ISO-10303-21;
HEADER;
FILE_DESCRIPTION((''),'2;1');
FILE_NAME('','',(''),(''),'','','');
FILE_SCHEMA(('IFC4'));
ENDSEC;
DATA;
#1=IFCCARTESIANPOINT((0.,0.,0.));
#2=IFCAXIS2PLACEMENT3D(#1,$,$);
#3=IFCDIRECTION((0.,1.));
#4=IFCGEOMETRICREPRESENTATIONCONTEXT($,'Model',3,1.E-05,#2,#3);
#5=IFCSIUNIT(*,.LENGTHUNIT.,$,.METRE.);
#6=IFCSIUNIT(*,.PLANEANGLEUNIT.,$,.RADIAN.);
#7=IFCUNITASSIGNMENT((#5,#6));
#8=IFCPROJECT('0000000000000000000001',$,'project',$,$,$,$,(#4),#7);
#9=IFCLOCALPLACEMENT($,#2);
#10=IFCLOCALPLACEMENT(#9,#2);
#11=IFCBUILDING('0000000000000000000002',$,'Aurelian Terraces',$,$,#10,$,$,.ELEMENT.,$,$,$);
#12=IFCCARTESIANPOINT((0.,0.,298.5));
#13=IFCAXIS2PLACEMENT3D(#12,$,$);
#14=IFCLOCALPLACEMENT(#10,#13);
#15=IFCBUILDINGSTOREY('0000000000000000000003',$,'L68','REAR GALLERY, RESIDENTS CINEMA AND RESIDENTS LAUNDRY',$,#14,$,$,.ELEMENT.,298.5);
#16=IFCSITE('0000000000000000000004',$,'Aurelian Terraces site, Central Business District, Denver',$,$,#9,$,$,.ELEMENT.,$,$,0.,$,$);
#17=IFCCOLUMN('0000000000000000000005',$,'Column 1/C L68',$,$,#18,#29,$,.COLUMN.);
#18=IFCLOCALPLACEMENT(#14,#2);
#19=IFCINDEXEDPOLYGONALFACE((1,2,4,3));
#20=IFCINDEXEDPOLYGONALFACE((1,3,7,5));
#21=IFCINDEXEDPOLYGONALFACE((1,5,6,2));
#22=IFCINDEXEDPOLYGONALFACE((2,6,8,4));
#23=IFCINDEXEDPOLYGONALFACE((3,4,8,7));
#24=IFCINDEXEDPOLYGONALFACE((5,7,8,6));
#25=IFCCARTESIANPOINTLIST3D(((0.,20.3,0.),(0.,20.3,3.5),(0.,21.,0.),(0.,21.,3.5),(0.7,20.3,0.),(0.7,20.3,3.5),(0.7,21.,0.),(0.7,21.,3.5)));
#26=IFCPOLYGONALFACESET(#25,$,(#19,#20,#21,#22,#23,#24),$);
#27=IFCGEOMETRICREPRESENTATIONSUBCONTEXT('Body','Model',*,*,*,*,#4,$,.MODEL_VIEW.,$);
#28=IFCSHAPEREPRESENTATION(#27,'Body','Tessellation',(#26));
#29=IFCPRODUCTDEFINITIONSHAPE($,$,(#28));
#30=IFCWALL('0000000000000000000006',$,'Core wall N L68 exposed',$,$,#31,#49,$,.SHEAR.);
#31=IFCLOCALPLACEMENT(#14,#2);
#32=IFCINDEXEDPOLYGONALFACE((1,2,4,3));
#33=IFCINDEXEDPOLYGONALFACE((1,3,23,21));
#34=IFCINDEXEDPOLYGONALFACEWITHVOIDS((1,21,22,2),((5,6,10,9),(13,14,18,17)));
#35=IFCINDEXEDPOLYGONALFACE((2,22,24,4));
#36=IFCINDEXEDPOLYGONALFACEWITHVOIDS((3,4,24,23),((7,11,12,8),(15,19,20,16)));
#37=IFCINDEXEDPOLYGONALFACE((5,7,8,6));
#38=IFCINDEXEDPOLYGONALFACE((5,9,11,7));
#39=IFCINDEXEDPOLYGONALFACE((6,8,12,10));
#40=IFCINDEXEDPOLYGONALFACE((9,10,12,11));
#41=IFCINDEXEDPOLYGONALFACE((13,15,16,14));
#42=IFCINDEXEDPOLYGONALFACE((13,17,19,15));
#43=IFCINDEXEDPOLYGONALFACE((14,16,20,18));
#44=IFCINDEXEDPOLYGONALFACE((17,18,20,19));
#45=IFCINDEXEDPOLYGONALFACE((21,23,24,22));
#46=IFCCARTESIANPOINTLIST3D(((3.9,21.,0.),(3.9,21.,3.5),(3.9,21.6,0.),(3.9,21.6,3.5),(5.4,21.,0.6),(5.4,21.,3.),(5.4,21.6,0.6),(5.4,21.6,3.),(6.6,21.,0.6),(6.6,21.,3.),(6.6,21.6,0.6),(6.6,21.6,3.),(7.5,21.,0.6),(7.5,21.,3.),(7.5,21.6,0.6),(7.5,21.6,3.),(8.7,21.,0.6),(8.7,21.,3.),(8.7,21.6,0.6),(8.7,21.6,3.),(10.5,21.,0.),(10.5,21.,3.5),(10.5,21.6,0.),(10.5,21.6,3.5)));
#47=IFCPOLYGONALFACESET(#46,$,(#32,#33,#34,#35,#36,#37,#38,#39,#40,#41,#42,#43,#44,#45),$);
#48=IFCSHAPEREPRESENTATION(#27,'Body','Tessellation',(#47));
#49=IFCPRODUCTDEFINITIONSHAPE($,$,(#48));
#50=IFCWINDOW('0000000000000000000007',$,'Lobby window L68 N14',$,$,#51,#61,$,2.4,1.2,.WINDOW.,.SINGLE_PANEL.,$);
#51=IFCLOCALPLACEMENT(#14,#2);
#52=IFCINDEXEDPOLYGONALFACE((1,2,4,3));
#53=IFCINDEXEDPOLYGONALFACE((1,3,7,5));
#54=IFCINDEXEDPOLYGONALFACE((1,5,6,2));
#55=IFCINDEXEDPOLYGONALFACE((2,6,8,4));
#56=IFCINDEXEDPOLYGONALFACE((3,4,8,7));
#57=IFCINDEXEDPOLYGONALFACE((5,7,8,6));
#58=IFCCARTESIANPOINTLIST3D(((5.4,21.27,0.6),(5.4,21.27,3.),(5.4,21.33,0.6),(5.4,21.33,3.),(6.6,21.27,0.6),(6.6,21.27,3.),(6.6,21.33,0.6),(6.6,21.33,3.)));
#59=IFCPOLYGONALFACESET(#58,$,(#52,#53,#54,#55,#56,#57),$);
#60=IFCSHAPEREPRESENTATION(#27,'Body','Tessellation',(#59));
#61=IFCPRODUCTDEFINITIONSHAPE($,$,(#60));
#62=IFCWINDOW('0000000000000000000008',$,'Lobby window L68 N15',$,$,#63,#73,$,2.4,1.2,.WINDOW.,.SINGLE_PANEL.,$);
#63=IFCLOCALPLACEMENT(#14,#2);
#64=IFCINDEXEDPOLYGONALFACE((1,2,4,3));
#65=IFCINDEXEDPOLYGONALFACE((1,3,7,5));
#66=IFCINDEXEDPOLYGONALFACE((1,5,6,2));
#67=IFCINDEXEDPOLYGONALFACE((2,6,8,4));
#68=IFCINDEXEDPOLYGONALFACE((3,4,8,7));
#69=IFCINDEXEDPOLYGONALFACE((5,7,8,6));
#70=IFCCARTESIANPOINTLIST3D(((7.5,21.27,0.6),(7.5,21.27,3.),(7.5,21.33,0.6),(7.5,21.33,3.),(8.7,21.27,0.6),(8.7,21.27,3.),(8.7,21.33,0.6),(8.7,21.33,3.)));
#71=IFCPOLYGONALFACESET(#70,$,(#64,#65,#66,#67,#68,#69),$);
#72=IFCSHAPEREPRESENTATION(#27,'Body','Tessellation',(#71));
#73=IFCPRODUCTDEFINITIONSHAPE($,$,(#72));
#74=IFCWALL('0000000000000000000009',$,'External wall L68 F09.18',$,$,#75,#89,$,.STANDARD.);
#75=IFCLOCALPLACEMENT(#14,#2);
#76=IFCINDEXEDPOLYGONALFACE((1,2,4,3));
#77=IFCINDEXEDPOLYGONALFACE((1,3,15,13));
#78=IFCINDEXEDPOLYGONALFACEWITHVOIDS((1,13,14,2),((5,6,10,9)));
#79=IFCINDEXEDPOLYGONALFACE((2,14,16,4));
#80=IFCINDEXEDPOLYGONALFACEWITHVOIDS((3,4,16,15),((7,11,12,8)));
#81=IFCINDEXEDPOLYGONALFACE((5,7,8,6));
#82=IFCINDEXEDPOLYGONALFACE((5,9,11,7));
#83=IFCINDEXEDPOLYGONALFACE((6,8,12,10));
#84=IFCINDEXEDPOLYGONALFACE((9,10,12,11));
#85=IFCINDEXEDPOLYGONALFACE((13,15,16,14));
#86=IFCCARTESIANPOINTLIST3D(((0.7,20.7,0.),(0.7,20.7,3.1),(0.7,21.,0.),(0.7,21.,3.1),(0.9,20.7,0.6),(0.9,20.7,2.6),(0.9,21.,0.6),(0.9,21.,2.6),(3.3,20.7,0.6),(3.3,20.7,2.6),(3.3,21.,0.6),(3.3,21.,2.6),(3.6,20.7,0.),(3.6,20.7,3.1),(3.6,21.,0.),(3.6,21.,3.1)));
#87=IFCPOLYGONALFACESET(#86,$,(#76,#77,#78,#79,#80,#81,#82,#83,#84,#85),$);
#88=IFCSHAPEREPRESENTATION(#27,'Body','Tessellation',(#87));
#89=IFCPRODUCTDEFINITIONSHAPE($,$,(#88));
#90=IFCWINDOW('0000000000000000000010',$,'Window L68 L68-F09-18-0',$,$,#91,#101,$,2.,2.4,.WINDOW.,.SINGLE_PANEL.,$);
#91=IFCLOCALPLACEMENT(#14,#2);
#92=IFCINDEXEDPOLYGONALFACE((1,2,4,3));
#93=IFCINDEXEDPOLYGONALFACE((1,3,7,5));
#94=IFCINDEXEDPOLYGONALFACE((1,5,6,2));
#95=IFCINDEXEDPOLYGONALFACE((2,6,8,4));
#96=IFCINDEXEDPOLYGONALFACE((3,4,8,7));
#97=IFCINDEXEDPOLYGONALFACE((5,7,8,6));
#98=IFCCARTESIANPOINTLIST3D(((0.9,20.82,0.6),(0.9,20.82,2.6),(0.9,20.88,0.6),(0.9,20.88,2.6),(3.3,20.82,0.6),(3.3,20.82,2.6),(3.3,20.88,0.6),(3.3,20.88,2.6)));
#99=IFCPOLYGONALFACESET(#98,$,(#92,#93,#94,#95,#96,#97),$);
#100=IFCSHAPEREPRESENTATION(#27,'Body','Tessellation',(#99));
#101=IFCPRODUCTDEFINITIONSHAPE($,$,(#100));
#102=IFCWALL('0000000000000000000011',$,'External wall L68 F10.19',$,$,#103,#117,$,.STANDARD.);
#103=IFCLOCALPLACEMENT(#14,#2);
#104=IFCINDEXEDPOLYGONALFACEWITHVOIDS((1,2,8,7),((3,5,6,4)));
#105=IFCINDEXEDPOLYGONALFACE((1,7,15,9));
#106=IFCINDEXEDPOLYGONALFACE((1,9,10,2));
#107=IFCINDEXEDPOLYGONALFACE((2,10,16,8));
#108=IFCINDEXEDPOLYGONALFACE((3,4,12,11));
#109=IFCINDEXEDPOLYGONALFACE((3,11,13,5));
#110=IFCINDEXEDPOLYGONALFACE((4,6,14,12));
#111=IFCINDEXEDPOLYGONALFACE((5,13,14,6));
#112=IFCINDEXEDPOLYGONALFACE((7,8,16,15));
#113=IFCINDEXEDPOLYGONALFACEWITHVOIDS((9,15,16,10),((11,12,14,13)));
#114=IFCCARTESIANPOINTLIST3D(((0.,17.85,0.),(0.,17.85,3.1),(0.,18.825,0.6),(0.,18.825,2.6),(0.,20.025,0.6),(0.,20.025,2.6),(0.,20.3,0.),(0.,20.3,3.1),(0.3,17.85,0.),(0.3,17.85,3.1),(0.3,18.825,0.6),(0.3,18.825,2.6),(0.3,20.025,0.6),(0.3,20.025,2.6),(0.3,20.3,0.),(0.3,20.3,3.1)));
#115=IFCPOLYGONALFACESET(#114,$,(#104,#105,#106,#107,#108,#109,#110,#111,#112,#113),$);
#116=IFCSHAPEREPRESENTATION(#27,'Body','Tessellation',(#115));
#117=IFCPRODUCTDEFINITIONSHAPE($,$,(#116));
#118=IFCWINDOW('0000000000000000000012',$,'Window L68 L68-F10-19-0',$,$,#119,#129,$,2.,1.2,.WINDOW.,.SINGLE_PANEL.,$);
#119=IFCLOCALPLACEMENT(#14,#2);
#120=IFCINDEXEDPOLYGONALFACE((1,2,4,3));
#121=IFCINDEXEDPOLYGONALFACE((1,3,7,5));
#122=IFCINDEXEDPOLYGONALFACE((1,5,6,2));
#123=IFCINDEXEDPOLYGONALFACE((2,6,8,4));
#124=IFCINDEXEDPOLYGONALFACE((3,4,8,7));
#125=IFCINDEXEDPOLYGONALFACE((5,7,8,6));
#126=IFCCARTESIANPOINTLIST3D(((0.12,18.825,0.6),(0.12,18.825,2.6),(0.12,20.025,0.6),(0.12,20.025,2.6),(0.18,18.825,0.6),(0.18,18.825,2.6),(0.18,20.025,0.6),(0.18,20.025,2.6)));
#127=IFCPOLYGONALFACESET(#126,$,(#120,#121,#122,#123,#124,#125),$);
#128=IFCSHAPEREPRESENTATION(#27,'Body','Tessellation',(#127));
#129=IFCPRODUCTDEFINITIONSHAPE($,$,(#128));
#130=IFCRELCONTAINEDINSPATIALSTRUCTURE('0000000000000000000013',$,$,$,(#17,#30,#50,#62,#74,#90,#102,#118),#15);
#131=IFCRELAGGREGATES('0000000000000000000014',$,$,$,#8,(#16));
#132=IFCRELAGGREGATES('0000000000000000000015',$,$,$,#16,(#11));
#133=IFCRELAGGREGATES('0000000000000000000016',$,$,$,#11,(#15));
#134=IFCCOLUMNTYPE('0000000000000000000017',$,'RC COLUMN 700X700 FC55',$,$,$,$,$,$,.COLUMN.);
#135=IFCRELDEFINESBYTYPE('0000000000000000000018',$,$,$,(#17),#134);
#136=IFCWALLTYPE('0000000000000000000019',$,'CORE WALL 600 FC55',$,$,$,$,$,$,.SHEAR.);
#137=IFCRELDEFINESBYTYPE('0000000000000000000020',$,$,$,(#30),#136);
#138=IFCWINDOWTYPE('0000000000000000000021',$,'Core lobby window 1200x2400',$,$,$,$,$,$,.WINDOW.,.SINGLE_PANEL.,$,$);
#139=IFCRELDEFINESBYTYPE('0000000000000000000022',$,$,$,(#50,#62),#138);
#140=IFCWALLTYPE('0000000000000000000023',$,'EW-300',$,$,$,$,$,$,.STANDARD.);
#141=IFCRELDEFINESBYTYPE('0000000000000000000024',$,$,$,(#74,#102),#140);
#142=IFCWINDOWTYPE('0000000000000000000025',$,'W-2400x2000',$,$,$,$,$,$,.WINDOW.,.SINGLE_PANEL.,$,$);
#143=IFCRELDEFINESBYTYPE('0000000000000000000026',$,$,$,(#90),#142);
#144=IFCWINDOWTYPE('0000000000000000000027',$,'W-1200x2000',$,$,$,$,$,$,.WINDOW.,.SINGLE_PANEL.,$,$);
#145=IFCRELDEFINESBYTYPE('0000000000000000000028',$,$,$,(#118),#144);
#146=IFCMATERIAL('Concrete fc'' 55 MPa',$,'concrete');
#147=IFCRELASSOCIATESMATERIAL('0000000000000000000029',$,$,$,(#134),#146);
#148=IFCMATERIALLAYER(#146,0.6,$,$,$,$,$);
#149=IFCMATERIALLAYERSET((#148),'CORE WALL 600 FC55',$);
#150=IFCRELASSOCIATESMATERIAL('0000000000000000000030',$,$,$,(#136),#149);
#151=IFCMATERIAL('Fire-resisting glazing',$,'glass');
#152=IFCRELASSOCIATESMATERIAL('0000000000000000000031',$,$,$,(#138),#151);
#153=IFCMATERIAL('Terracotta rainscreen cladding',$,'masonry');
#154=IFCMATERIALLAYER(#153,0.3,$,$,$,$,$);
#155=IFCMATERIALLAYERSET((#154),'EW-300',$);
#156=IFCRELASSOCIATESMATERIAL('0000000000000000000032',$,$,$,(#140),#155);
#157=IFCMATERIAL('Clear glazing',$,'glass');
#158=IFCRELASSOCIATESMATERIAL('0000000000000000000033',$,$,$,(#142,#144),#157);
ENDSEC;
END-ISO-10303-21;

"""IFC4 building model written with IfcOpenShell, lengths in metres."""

from ifc_helpers import new_model, si_unit, direction, frame, frame_2d, origin, origin_2d, place, context, subcontext, project, spatial, rectangle, extrude, source, transform, mapped, material, layer, layer_set, material_profile, profile_set, type_object, element, fill, save


model = new_model("IFC4")

# Units and contexts
model_context = context("Model", 3, precision=1e-05, world=origin(), true_north=direction((0.0, 1.0)))
body_context = subcontext(model_context, "Body", "Model", "MODEL_VIEW")
ifc_project = project(units=[si_unit("LENGTHUNIT", "METRE"), si_unit("PLANEANGLEUNIT", "RADIAN")], contexts=[model_context])

# Site, building, storey
site_placement = place(None, origin())
site = spatial("IfcSite", under=ifc_project, at=site_placement, Name="Aurelian Terraces site, Central Business District, Denver", CompositionType="ELEMENT", RefElevation=0.0)
building_placement = place(site_placement, origin())
building = spatial("IfcBuilding", under=site, at=building_placement, Name="Aurelian Terraces", CompositionType="ELEMENT")
storey_placement = place(building_placement, frame((0.0, 0.0, 298.5)))
storey = spatial("IfcBuildingStorey", under=building, at=storey_placement, Name="L68", Description="REAR GALLERY, RESIDENTS CINEMA AND RESIDENTS LAUNDRY", CompositionType="ELEMENT", Elevation=298.5)

# Column
ifc_material_1 = material(Name="Concrete fc' 55 MPa", Category="concrete")
ifc_material_profile = material_profile(ifc_material_1, rectangle(XDim=0.7, YDim=0.7, at=origin_2d()))
ifc_profile_set = profile_set([ifc_material_profile], Name="Concrete fc' 55 MPa")
column_type = type_object("IfcColumnType", Name="RC COLUMN 700X700 FC55", PredefinedType="COLUMN", material=ifc_profile_set)
shared_shape_1 = source(origin(), body_context, "Body", "SweptSolid", [
    extrude(rectangle(XDim=0.7, YDim=0.7, at=origin_2d()), origin(), (0.0, 0.0, 1.0), 3.5),
])
column_placement = place(storey_placement, frame((0.35, 20.65, 0.0), z_axis=(0.0, 0.0, 1.0), x_axis=(1.0, 0.0, 0.0)))
element("IfcColumn", 1, at=column_placement, inside=storey, type_object=column_type, Name="Column 1/C L68", PredefinedType="COLUMN", context=body_context, shape_type="MappedRepresentation", body=[
    mapped(shared_shape_1, transform((0.0, 0.0, 0.0), scale=1.0)),
])

# Wall, openings, windows
ifc_layer_1 = layer(ifc_material_1, 0.6)
ifc_layer_set_1 = layer_set([ifc_layer_1], Name="CORE WALL 600 FC55")
wall_type_1 = type_object("IfcWallType", Name="CORE WALL 600 FC55", PredefinedType="SHEAR", material=ifc_layer_set_1)
shared_shape_2 = source(origin(), body_context, "Body", "SweptSolid", [
    extrude(rectangle(XDim=6.6, YDim=0.6, at=frame_2d((3.3, 0.0))), origin(), (0.0, 0.0, 1.0), 3.5),
])
wall_1_placement = place(storey_placement, frame((3.9, 21.3, 0.0), z_axis=(0.0, 0.0, 1.0), x_axis=(1.0, 0.0, 0.0)))
wall_1 = element("IfcWall", 2, at=wall_1_placement, inside=storey, type_object=wall_type_1, Name="Core wall N L68 exposed", PredefinedType="SHEAR", context=body_context, shape_type="MappedRepresentation", body=[
    mapped(shared_shape_2, transform((0.0, 0.0, 0.0), scale=1.0)),
])
shared_shape_3 = source(origin(), body_context, "Body", "SweptSolid", [
    extrude(rectangle(XDim=1.2, YDim=2.4, at=frame_2d((0.6, 1.2))), frame((0.0, 0.31, 0.0), z_axis=(0.0, -1.0, 0.0), x_axis=(1.0, 0.0, 0.0)), (0.0, 0.0, 1.0), 0.62),
])
opening_1_placement = place(wall_1_placement, frame((1.5, 0.0, 0.6)))
opening_1 = element("IfcOpeningElement", 3, at=opening_1_placement, cuts=wall_1, PredefinedType="OPENING", context=body_context, shape_type="MappedRepresentation", body=[
    mapped(shared_shape_3, transform((0.0, 0.0, 0.0), scale=1.0)),
])
opening_2_placement = place(wall_1_placement, frame((3.6, 0.0, 0.6)))
opening_2 = element("IfcOpeningElement", 4, at=opening_2_placement, cuts=wall_1, PredefinedType="OPENING", context=body_context, shape_type="MappedRepresentation", body=[
    mapped(shared_shape_3, transform((0.0, 0.0, 0.0), scale=1.0)),
])
ifc_material_2 = material(Name="Fire-resisting glazing", Category="glass")
window_type_1 = type_object("IfcWindowType", Name="Core lobby window 1200x2400", PartitioningType="SINGLE_PANEL", PredefinedType="WINDOW", material=ifc_material_2)
shared_shape_4 = source(origin(), body_context, "Body", "SweptSolid", [
    extrude(rectangle(XDim=1.2, YDim=2.4, at=frame_2d((0.6, 1.2))), frame((0.0, 0.03, 0.0), z_axis=(0.0, -1.0, 0.0), x_axis=(1.0, 0.0, 0.0)), (0.0, 0.0, 1.0), 0.06),
])
window_1_placement = place(opening_1_placement, origin())
window_1 = element("IfcWindow", 5, at=window_1_placement, inside=storey, type_object=window_type_1, Name="Lobby window L68 N14", OverallHeight=2.4, OverallWidth=1.2, PartitioningType="SINGLE_PANEL", PredefinedType="WINDOW", context=body_context, shape_type="MappedRepresentation", body=[
    mapped(shared_shape_4, transform((0.0, 0.0, 0.0), scale=1.0)),
])
fill(opening_1, window_1)
window_2_placement = place(opening_2_placement, origin())
window_2 = element("IfcWindow", 6, at=window_2_placement, inside=storey, type_object=window_type_1, Name="Lobby window L68 N15", OverallHeight=2.4, OverallWidth=1.2, PartitioningType="SINGLE_PANEL", PredefinedType="WINDOW", context=body_context, shape_type="MappedRepresentation", body=[
    mapped(shared_shape_4, transform((0.0, 0.0, 0.0), scale=1.0)),
])
fill(opening_2, window_2)

# Walls, openings, windows
ifc_material_3 = material(Name="Terracotta rainscreen cladding", Category="masonry")
ifc_layer_2 = layer(ifc_material_3, 0.3)
ifc_layer_set_2 = layer_set([ifc_layer_2], Name="EW-300")
wall_type_2 = type_object("IfcWallType", Name="EW-300", PredefinedType="STANDARD", material=ifc_layer_set_2)
shared_shape_5 = source(origin(), body_context, "Body", "SweptSolid", [
    extrude(rectangle(XDim=2.9, YDim=0.3, at=frame_2d((1.45, 0.0))), origin(), (0.0, 0.0, 1.0), 3.1),
])
wall_2_placement = place(storey_placement, frame((3.6, 20.85, 0.0), z_axis=(0.0, 0.0, 1.0), x_axis=(-1.0, 0.0, 0.0)))
wall_2 = element("IfcWall", 7, at=wall_2_placement, inside=storey, type_object=wall_type_2, Name="External wall L68 F09.18", PredefinedType="STANDARD", context=body_context, shape_type="MappedRepresentation", body=[
    mapped(shared_shape_5, transform((0.0, 0.0, 0.0), scale=1.0)),
])
shared_shape_6 = source(origin(), body_context, "Body", "SweptSolid", [
    extrude(rectangle(XDim=2.4, YDim=2.0, at=frame_2d((1.2, 1.0))), frame((0.0, 0.16, 0.0), z_axis=(0.0, -1.0, 0.0), x_axis=(1.0, 0.0, 0.0)), (0.0, 0.0, 1.0), 0.32),
])
opening_3_placement = place(wall_2_placement, frame((0.3, 0.0, 0.6)))
opening_3 = element("IfcOpeningElement", 8, at=opening_3_placement, cuts=wall_2, PredefinedType="OPENING", context=body_context, shape_type="MappedRepresentation", body=[
    mapped(shared_shape_6, transform((0.0, 0.0, 0.0), scale=1.0)),
])
ifc_material_4 = material(Name="Clear glazing", Category="glass")
window_type_2 = type_object("IfcWindowType", Name="W-2400x2000", PartitioningType="SINGLE_PANEL", PredefinedType="WINDOW", material=ifc_material_4)
shared_shape_7 = source(origin(), body_context, "Body", "SweptSolid", [
    extrude(rectangle(XDim=2.4, YDim=2.0, at=frame_2d((1.2, 1.0))), frame((0.0, 0.03, 0.0), z_axis=(0.0, -1.0, 0.0), x_axis=(1.0, 0.0, 0.0)), (0.0, 0.0, 1.0), 0.06),
])
window_3_placement = place(opening_3_placement, origin())
window_3 = element("IfcWindow", 9, at=window_3_placement, inside=storey, type_object=window_type_2, Name="Window L68 L68-F09-18-0", OverallHeight=2.0, OverallWidth=2.4, PartitioningType="SINGLE_PANEL", PredefinedType="WINDOW", context=body_context, shape_type="MappedRepresentation", body=[
    mapped(shared_shape_7, transform((0.0, 0.0, 0.0), scale=1.0)),
])
fill(opening_3, window_3)
shared_shape_8 = source(origin(), body_context, "Body", "SweptSolid", [
    extrude(rectangle(XDim=2.45, YDim=0.3, at=frame_2d((1.225, 0.0))), origin(), (0.0, 0.0, 1.0), 3.1),
])
wall_3_placement = place(storey_placement, frame((0.15, 20.3, 0.0), z_axis=(0.0, 0.0, 1.0), x_axis=(0.0, -1.0, 0.0)))
wall_3 = element("IfcWall", 10, at=wall_3_placement, inside=storey, type_object=wall_type_2, Name="External wall L68 F10.19", PredefinedType="STANDARD", context=body_context, shape_type="MappedRepresentation", body=[
    mapped(shared_shape_8, transform((0.0, 0.0, 0.0), scale=1.0)),
])
shared_shape_9 = source(origin(), body_context, "Body", "SweptSolid", [
    extrude(rectangle(XDim=1.2, YDim=2.0, at=frame_2d((0.6, 1.0))), frame((0.0, 0.16, 0.0), z_axis=(0.0, -1.0, 0.0), x_axis=(1.0, 0.0, 0.0)), (0.0, 0.0, 1.0), 0.32),
])
opening_4_placement = place(wall_3_placement, frame((0.275, 0.0, 0.6)))
opening_4 = element("IfcOpeningElement", 11, at=opening_4_placement, cuts=wall_3, PredefinedType="OPENING", context=body_context, shape_type="MappedRepresentation", body=[
    mapped(shared_shape_9, transform((0.0, 0.0, 0.0), scale=1.0)),
])
window_type_3 = type_object("IfcWindowType", Name="W-1200x2000", PartitioningType="SINGLE_PANEL", PredefinedType="WINDOW", material=ifc_material_4)
shared_shape_10 = source(origin(), body_context, "Body", "SweptSolid", [
    extrude(rectangle(XDim=1.2, YDim=2.0, at=frame_2d((0.6, 1.0))), frame((0.0, 0.03, 0.0), z_axis=(0.0, -1.0, 0.0), x_axis=(1.0, 0.0, 0.0)), (0.0, 0.0, 1.0), 0.06),
])
window_4_placement = place(opening_4_placement, origin())
window_4 = element("IfcWindow", 12, at=window_4_placement, inside=storey, type_object=window_type_3, Name="Window L68 L68-F10-19-0", OverallHeight=2.0, OverallWidth=1.2, PartitioningType="SINGLE_PANEL", PredefinedType="WINDOW", context=body_context, shape_type="MappedRepresentation", body=[
    mapped(shared_shape_10, transform((0.0, 0.0, 0.0), scale=1.0)),
])
fill(opening_4, window_4)

save(model, "model.ifc")
